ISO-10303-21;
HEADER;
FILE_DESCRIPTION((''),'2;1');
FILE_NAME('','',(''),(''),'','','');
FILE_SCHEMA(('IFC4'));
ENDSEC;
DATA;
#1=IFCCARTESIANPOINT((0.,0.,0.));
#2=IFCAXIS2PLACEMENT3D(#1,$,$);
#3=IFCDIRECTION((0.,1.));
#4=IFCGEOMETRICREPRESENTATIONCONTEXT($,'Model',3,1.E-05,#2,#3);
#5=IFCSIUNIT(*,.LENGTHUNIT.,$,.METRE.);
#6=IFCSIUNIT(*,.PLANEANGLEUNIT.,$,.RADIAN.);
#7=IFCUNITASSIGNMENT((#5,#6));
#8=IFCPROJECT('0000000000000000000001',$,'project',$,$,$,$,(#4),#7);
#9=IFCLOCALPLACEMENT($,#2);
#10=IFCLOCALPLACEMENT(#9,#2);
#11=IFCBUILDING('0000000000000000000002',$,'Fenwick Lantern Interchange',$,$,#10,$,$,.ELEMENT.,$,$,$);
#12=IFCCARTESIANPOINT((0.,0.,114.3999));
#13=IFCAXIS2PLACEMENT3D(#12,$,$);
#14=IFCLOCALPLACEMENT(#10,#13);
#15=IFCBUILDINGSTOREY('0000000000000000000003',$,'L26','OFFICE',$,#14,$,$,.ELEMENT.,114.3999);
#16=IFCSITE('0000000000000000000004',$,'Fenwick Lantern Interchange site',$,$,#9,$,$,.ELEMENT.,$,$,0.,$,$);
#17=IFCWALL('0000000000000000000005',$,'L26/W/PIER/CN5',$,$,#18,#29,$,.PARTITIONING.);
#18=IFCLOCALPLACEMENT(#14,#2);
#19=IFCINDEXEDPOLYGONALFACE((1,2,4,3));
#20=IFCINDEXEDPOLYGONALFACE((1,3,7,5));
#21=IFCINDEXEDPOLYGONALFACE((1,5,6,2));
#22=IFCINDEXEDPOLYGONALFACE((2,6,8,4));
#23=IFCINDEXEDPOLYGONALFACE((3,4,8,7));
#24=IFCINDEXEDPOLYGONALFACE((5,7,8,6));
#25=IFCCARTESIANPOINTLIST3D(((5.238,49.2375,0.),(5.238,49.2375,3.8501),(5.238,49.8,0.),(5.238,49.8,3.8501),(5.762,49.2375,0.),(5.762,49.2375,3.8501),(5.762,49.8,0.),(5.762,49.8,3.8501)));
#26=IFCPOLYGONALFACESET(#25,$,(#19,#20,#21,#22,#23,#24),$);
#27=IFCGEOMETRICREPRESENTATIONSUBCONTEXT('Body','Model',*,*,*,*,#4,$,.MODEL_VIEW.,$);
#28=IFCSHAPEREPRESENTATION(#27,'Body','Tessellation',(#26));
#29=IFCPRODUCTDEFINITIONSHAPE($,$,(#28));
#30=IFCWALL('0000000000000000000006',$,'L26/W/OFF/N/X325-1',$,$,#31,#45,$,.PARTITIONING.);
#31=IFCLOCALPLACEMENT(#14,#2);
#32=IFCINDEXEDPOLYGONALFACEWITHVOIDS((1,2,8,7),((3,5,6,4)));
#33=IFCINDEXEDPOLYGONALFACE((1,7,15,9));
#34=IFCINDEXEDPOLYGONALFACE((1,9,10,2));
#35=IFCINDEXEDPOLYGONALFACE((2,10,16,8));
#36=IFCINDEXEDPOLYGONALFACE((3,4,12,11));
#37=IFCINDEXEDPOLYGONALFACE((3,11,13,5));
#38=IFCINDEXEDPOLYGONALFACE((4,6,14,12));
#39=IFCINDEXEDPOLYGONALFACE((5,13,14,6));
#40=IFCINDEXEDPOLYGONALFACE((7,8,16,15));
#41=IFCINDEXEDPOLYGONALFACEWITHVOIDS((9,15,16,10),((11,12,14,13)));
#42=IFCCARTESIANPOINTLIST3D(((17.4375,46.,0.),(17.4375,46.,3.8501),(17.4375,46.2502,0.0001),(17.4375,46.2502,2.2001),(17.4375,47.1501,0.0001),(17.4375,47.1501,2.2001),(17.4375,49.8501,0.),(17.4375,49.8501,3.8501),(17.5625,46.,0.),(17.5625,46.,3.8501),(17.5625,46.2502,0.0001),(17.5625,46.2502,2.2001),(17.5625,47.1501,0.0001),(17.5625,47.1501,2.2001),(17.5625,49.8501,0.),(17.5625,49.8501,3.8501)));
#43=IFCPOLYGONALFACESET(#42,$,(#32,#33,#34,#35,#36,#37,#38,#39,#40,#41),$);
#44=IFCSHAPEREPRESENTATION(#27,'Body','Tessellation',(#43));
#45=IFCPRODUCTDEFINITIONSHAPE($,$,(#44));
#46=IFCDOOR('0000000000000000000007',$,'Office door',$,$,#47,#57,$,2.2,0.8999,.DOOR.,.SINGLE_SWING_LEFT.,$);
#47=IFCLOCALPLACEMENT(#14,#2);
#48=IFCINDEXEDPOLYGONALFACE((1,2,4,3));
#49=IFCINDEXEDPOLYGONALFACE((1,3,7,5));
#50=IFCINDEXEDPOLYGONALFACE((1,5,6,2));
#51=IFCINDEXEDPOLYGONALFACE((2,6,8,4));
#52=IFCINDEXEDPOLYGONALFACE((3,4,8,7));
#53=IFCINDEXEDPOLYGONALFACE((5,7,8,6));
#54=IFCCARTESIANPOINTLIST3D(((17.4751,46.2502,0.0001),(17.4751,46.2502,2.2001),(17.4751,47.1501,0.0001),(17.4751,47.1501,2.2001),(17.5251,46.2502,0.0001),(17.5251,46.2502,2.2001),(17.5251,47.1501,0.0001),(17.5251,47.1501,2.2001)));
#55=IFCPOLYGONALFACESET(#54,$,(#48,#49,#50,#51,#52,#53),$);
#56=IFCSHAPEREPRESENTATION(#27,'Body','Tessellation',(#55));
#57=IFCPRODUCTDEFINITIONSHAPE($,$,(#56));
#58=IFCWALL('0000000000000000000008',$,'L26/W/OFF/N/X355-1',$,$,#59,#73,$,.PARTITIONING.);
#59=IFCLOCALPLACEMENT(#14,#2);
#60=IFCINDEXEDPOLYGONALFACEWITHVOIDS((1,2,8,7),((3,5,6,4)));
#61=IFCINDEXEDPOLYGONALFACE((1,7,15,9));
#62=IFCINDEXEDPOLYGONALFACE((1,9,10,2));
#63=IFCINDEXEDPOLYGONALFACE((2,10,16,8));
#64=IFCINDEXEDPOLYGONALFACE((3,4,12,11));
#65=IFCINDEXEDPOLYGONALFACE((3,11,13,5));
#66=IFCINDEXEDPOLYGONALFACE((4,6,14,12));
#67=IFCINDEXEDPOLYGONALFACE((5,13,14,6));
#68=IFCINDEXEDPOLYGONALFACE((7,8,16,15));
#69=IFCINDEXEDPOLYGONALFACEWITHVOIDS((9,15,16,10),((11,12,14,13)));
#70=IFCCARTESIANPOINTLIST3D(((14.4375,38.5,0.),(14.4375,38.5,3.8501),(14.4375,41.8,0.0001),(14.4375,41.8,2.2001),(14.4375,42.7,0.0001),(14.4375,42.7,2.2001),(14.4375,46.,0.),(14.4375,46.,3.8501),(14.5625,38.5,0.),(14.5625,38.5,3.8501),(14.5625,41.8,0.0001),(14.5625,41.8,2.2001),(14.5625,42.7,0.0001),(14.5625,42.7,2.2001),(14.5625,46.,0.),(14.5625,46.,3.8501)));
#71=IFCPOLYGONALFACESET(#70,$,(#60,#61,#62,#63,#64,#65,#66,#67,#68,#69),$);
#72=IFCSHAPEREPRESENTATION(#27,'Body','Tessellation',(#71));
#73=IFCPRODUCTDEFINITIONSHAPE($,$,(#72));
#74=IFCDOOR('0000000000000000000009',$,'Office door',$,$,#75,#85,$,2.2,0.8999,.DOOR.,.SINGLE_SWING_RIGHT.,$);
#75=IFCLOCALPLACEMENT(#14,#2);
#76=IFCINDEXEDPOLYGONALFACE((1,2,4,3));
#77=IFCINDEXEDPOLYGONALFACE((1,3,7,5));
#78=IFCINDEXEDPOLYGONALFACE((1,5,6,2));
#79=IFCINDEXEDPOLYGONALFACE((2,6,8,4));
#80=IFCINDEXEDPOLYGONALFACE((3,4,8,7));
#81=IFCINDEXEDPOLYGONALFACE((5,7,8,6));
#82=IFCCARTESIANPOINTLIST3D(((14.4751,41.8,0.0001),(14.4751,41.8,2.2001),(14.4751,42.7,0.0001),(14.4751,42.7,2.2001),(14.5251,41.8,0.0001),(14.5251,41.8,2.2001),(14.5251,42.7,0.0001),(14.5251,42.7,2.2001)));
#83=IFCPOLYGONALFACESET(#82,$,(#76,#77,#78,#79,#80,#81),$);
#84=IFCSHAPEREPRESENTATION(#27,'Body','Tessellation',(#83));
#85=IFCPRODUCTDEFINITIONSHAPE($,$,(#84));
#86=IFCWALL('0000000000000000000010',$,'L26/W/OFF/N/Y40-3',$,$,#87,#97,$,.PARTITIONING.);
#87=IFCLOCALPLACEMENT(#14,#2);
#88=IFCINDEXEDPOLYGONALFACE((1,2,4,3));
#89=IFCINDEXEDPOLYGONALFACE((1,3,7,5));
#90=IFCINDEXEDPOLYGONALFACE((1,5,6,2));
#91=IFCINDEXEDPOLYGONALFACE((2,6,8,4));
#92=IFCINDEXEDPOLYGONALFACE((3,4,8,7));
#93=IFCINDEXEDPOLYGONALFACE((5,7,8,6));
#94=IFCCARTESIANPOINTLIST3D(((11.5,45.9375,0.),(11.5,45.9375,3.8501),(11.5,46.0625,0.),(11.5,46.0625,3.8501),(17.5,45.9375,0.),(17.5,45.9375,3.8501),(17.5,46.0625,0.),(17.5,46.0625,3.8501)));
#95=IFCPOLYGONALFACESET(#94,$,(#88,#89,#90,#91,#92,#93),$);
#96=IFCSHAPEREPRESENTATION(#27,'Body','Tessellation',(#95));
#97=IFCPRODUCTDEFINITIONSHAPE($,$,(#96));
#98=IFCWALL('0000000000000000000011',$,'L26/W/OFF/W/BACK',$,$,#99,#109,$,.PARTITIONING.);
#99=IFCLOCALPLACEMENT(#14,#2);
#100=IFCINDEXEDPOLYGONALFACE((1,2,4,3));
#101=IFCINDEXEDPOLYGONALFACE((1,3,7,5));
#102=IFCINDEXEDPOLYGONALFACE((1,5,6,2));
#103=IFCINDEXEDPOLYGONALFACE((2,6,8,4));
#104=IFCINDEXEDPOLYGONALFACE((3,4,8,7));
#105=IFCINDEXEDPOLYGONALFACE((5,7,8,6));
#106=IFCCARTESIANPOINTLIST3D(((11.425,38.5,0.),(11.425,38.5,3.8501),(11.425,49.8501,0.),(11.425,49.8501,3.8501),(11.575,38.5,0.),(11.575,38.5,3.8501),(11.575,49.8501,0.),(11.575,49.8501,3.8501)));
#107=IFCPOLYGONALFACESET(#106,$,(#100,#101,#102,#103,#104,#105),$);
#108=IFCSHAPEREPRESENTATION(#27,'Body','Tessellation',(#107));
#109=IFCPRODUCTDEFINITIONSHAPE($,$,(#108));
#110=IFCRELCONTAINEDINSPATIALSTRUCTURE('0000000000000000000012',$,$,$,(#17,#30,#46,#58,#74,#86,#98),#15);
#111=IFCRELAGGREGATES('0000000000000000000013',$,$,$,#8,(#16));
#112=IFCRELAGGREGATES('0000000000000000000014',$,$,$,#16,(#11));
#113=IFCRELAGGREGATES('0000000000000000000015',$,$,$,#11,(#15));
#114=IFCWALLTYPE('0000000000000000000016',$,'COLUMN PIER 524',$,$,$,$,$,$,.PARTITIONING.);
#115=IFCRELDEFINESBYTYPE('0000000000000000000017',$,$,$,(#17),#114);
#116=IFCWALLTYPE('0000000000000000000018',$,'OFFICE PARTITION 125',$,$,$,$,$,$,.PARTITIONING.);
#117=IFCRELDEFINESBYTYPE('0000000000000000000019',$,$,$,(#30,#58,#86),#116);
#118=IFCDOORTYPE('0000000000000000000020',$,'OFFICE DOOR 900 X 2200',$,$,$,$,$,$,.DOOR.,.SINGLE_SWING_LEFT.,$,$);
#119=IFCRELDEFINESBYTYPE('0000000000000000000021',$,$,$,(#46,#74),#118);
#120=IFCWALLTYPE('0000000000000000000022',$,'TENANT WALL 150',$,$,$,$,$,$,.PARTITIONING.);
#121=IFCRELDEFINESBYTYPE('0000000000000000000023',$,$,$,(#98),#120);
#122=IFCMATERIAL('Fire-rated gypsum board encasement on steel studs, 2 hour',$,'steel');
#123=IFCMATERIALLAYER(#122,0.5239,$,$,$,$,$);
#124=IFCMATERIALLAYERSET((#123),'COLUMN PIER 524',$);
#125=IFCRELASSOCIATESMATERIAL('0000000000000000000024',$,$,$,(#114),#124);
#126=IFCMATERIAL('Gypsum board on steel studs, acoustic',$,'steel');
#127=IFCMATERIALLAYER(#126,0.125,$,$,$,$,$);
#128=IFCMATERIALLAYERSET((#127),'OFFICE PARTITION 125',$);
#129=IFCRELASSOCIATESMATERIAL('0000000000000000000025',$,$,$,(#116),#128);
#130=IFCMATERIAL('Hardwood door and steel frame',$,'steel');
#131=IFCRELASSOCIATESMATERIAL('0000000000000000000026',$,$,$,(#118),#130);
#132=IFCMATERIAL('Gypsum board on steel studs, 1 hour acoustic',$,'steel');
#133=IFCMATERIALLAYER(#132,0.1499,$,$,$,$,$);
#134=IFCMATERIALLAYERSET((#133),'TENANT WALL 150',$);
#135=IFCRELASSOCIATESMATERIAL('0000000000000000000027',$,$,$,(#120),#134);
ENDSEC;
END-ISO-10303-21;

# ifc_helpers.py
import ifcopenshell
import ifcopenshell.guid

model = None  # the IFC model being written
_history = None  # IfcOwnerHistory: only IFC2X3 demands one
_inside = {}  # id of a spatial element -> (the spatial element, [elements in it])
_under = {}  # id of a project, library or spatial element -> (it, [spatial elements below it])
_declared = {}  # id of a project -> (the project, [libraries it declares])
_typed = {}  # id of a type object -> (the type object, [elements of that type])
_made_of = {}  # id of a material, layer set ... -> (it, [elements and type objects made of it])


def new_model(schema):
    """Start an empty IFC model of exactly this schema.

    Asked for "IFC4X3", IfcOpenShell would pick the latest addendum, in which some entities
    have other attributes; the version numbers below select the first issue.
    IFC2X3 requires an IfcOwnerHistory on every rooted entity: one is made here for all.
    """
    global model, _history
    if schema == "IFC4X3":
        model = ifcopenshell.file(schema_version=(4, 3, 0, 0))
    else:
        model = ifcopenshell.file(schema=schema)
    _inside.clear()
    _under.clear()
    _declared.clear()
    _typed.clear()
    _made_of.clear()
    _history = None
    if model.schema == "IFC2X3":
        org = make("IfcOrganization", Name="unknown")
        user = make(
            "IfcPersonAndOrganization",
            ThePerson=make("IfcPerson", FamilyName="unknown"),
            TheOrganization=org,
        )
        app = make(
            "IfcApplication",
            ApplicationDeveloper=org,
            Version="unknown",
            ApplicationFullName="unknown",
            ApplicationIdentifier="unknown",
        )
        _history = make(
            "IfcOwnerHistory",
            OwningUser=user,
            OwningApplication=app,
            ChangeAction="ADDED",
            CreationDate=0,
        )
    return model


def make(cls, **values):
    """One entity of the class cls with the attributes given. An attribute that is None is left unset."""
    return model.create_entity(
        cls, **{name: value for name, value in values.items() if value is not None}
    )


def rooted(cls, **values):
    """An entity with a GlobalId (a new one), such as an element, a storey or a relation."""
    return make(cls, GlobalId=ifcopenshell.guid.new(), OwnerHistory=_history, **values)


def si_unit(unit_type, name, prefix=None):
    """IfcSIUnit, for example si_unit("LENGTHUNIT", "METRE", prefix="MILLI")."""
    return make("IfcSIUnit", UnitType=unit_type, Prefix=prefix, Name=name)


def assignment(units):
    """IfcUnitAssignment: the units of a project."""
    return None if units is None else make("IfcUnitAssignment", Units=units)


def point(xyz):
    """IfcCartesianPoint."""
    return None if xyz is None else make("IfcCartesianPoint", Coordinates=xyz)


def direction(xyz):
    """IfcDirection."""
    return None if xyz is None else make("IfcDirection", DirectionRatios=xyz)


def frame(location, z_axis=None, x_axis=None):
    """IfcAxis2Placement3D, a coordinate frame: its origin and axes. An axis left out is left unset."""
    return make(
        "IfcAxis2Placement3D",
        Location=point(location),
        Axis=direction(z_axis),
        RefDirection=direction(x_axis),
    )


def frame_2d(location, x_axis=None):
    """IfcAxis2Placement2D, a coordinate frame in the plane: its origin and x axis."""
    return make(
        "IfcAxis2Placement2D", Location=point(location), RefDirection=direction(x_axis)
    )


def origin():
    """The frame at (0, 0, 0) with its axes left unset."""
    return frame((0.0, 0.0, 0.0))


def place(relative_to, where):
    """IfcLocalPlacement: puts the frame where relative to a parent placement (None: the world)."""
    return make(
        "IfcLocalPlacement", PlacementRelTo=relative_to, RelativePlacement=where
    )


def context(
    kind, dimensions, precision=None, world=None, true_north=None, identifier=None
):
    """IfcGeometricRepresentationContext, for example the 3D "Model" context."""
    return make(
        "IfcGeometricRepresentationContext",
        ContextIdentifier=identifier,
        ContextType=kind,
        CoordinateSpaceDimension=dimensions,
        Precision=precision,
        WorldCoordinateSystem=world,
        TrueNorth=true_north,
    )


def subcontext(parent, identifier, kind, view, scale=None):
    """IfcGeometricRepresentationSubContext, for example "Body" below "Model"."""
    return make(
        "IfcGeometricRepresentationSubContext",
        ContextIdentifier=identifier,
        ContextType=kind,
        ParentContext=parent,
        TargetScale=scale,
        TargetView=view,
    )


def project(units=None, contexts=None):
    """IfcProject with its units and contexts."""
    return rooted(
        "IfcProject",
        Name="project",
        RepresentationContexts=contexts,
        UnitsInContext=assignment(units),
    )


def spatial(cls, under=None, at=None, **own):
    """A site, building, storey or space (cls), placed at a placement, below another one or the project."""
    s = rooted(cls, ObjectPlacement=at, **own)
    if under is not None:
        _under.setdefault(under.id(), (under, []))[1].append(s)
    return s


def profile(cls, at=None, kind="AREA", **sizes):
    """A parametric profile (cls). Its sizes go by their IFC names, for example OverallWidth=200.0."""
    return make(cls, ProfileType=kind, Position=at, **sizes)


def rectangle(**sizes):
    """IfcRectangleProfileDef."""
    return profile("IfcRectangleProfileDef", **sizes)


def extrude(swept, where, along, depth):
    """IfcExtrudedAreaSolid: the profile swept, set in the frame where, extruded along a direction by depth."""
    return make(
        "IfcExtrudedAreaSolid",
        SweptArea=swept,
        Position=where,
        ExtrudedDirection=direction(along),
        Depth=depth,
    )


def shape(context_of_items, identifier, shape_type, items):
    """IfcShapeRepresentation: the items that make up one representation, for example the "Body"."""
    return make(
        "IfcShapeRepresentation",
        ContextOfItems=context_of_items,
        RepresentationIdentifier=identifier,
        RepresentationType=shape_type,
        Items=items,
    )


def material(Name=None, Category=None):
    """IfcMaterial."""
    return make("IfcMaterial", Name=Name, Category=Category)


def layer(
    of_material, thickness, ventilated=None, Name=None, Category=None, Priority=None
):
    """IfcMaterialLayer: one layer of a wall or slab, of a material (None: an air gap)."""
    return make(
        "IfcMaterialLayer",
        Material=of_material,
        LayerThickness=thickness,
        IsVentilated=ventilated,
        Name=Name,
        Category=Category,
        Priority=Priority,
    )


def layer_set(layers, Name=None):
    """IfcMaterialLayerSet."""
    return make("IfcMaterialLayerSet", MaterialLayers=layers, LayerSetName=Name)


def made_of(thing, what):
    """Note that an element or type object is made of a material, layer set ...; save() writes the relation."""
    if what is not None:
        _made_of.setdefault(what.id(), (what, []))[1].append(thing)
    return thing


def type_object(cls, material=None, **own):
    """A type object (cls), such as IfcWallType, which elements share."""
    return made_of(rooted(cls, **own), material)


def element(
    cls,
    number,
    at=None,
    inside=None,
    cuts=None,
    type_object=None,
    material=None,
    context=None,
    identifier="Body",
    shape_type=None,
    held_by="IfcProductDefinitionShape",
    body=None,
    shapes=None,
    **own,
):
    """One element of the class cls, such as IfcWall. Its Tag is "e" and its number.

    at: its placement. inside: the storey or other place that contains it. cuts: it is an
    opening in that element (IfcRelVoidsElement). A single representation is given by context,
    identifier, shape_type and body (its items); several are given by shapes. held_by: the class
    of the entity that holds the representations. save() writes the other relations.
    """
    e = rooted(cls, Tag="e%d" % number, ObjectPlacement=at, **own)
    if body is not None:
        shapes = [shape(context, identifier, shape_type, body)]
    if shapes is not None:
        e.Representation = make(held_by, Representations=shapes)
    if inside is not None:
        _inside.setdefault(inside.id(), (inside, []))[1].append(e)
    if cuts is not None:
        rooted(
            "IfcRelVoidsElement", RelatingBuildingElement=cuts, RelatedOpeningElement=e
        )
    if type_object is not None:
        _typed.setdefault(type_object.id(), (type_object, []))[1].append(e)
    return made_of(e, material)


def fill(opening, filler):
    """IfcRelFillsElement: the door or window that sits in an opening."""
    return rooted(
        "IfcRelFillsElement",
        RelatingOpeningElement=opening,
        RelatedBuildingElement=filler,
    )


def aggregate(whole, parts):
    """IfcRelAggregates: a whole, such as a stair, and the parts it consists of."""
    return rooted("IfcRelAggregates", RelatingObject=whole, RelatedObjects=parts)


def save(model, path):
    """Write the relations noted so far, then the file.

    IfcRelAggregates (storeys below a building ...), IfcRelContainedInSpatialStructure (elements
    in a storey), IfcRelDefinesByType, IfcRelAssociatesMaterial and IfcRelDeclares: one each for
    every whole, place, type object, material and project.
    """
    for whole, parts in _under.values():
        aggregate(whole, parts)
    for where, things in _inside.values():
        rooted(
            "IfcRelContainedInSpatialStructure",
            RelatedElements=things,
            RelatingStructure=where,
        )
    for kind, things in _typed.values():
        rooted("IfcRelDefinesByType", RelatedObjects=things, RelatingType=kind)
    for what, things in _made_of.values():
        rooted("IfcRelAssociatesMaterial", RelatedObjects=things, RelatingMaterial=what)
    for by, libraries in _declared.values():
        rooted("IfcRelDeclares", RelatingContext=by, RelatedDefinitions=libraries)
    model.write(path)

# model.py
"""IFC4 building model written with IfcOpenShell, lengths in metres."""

from ifc_helpers import new_model, si_unit, direction, frame, frame_2d, origin, place, context, subcontext, project, spatial, rectangle, extrude, material, layer, layer_set, type_object, element, fill, save


model = new_model("IFC4")

# Units and contexts
model_context = context("Model", 3, precision=1e-05, world=origin(), true_north=direction((0.0, 1.0)))
body_context = subcontext(model_context, "Body", "Model", "MODEL_VIEW")
ifc_project = project(units=[si_unit("LENGTHUNIT", "METRE"), si_unit("PLANEANGLEUNIT", "RADIAN")], contexts=[model_context])

# Site, building, storey
site_placement = place(None, origin())
site = spatial("IfcSite", under=ifc_project, at=site_placement, Name="Fenwick Lantern Interchange site", CompositionType="ELEMENT", RefElevation=0.0)
building_placement = place(site_placement, origin())
building = spatial("IfcBuilding", under=site, at=building_placement, Name="Fenwick Lantern Interchange", CompositionType="ELEMENT")
storey_placement = place(building_placement, frame((0.0, 0.0, 114.3999)))
storey = spatial("IfcBuildingStorey", under=building, at=storey_placement, Name="L26", Description="OFFICE", CompositionType="ELEMENT", Elevation=114.3999)

# Wall
ifc_material_1 = material(Name="Fire-rated gypsum board encasement on steel studs, 2 hour", Category="steel")
ifc_layer_1 = layer(ifc_material_1, 0.5239)
ifc_layer_set_1 = layer_set([ifc_layer_1], Name="COLUMN PIER 524")
wall_type_1 = type_object("IfcWallType", Name="COLUMN PIER 524", PredefinedType="PARTITIONING", material=ifc_layer_set_1)
wall_1_placement = place(storey_placement, frame((5.5, 49.8, 0.0), z_axis=(0.0, 0.0, 1.0), x_axis=(0.0, -1.0, 0.0)))
element("IfcWall", 1, at=wall_1_placement, inside=storey, type_object=wall_type_1, Name="L26/W/PIER/CN5", PredefinedType="PARTITIONING", context=body_context, shape_type="SweptSolid", body=[
    extrude(rectangle(XDim=0.5625, YDim=0.5239, at=frame_2d((0.2812, 0.0))), origin(), (0.0, 0.0, 1.0), 3.8501),
])

# Walls, openings, doors
ifc_material_2 = material(Name="Gypsum board on steel studs, acoustic", Category="steel")
ifc_layer_2 = layer(ifc_material_2, 0.125)
ifc_layer_set_2 = layer_set([ifc_layer_2], Name="OFFICE PARTITION 125")
wall_type_2 = type_object("IfcWallType", Name="OFFICE PARTITION 125", PredefinedType="PARTITIONING", material=ifc_layer_set_2)
wall_2_placement = place(storey_placement, frame((17.5, 49.8501, 0.0), z_axis=(0.0, 0.0, 1.0), x_axis=(0.0, -1.0, 0.0)))
wall_2 = element("IfcWall", 2, at=wall_2_placement, inside=storey, type_object=wall_type_2, Name="L26/W/OFF/N/X325-1", PredefinedType="PARTITIONING", context=body_context, shape_type="SweptSolid", body=[
    extrude(rectangle(XDim=3.8501, YDim=0.125, at=frame_2d((1.925, 0.0))), origin(), (0.0, 0.0, 1.0), 3.8501),
])
opening_1_placement = place(wall_2_placement, frame((2.7, 0.0, 0.0)))
opening_1 = element("IfcOpeningElement", 3, at=opening_1_placement, cuts=wall_2, PredefinedType="OPENING", context=body_context, shape_type="SweptSolid", body=[
    extrude(rectangle(XDim=0.8999, YDim=2.2, at=frame_2d((0.45, 1.1001))), frame((0.0, 0.0725, 0.0), z_axis=(0.0, -1.0, 0.0), x_axis=(1.0, 0.0, 0.0)), (0.0, 0.0, 1.0), 0.145),
])
ifc_material_3 = material(Name="Hardwood door and steel frame", Category="steel")
door_type = type_object("IfcDoorType", Name="OFFICE DOOR 900 X 2200", OperationType="SINGLE_SWING_LEFT", PredefinedType="DOOR", material=ifc_material_3)
door_1_placement = place(opening_1_placement, frame((0.8999, 0.0, 0.0), z_axis=(0.0, 0.0, 1.0), x_axis=(-1.0, 0.0, 0.0)))
door_1 = element("IfcDoor", 4, at=door_1_placement, inside=storey, type_object=door_type, Name="Office door", OperationType="SINGLE_SWING_LEFT", OverallHeight=2.2, OverallWidth=0.8999, PredefinedType="DOOR", context=body_context, shape_type="SweptSolid", body=[
    extrude(rectangle(XDim=0.8999, YDim=2.2, at=frame_2d((0.45, 1.1001))), frame((0.0, 0.0249, 0.0), z_axis=(0.0, -1.0, 0.0), x_axis=(1.0, 0.0, 0.0)), (0.0, 0.0, 1.0), 0.05),
])
fill(opening_1, door_1)
wall_3_placement = place(storey_placement, frame((14.5, 46.0, 0.0), z_axis=(0.0, 0.0, 1.0), x_axis=(0.0, -1.0, 0.0)))
wall_3 = element("IfcWall", 5, at=wall_3_placement, inside=storey, type_object=wall_type_2, Name="L26/W/OFF/N/X355-1", PredefinedType="PARTITIONING", context=body_context, shape_type="SweptSolid", body=[
    extrude(rectangle(XDim=7.5, YDim=0.125, at=frame_2d((3.75, 0.0))), origin(), (0.0, 0.0, 1.0), 3.8501),
])
opening_2_placement = place(wall_3_placement, frame((3.3, 0.0, 0.0)))
opening_2 = element("IfcOpeningElement", 6, at=opening_2_placement, cuts=wall_3, PredefinedType="OPENING", context=body_context, shape_type="SweptSolid", body=[
    extrude(rectangle(XDim=0.8999, YDim=2.2, at=frame_2d((0.45, 1.1001))), frame((0.0, 0.0725, 0.0), z_axis=(0.0, -1.0, 0.0), x_axis=(1.0, 0.0, 0.0)), (0.0, 0.0, 1.0), 0.145),
])
door_2_placement = place(opening_2_placement, frame((0.8999, 0.0, 0.0), z_axis=(0.0, 0.0, 1.0), x_axis=(-1.0, 0.0, 0.0)))
door_2 = element("IfcDoor", 7, at=door_2_placement, inside=storey, type_object=door_type, Name="Office door", OperationType="SINGLE_SWING_RIGHT", OverallHeight=2.2, OverallWidth=0.8999, PredefinedType="DOOR", context=body_context, shape_type="SweptSolid", body=[
    extrude(rectangle(XDim=0.8999, YDim=2.2, at=frame_2d((0.45, 1.1001))), frame((0.0, 0.0249, 0.0), z_axis=(0.0, -1.0, 0.0), x_axis=(1.0, 0.0, 0.0)), (0.0, 0.0, 1.0), 0.05),
])
fill(opening_2, door_2)

# Walls
wall_4_placement = place(storey_placement, frame((17.5, 46.0, 0.0), z_axis=(0.0, 0.0, 1.0), x_axis=(-1.0, 0.0, 0.0)))
element("IfcWall", 8, at=wall_4_placement, inside=storey, type_object=wall_type_2, Name="L26/W/OFF/N/Y40-3", PredefinedType="PARTITIONING", context=body_context, shape_type="SweptSolid", body=[
    extrude(rectangle(XDim=6.0, YDim=0.125, at=frame_2d((3.0, 0.0))), origin(), (0.0, 0.0, 1.0), 3.8501),
])
ifc_material_4 = material(Name="Gypsum board on steel studs, 1 hour acoustic", Category="steel")
ifc_layer_3 = layer(ifc_material_4, 0.1499)
ifc_layer_set_3 = layer_set([ifc_layer_3], Name="TENANT WALL 150")
wall_type_3 = type_object("IfcWallType", Name="TENANT WALL 150", PredefinedType="PARTITIONING", material=ifc_layer_set_3)
wall_5_placement = place(storey_placement, frame((11.5, 49.8501, 0.0), z_axis=(0.0, 0.0, 1.0), x_axis=(0.0, -1.0, 0.0)))
element("IfcWall", 9, at=wall_5_placement, inside=storey, type_object=wall_type_3, Name="L26/W/OFF/W/BACK", PredefinedType="PARTITIONING", context=body_context, shape_type="SweptSolid", body=[
    extrude(rectangle(XDim=11.3501, YDim=0.1499, at=frame_2d((5.675, 0.0))), origin(), (0.0, 0.0, 1.0), 3.8501),
])

save(model, "model.ifc")
